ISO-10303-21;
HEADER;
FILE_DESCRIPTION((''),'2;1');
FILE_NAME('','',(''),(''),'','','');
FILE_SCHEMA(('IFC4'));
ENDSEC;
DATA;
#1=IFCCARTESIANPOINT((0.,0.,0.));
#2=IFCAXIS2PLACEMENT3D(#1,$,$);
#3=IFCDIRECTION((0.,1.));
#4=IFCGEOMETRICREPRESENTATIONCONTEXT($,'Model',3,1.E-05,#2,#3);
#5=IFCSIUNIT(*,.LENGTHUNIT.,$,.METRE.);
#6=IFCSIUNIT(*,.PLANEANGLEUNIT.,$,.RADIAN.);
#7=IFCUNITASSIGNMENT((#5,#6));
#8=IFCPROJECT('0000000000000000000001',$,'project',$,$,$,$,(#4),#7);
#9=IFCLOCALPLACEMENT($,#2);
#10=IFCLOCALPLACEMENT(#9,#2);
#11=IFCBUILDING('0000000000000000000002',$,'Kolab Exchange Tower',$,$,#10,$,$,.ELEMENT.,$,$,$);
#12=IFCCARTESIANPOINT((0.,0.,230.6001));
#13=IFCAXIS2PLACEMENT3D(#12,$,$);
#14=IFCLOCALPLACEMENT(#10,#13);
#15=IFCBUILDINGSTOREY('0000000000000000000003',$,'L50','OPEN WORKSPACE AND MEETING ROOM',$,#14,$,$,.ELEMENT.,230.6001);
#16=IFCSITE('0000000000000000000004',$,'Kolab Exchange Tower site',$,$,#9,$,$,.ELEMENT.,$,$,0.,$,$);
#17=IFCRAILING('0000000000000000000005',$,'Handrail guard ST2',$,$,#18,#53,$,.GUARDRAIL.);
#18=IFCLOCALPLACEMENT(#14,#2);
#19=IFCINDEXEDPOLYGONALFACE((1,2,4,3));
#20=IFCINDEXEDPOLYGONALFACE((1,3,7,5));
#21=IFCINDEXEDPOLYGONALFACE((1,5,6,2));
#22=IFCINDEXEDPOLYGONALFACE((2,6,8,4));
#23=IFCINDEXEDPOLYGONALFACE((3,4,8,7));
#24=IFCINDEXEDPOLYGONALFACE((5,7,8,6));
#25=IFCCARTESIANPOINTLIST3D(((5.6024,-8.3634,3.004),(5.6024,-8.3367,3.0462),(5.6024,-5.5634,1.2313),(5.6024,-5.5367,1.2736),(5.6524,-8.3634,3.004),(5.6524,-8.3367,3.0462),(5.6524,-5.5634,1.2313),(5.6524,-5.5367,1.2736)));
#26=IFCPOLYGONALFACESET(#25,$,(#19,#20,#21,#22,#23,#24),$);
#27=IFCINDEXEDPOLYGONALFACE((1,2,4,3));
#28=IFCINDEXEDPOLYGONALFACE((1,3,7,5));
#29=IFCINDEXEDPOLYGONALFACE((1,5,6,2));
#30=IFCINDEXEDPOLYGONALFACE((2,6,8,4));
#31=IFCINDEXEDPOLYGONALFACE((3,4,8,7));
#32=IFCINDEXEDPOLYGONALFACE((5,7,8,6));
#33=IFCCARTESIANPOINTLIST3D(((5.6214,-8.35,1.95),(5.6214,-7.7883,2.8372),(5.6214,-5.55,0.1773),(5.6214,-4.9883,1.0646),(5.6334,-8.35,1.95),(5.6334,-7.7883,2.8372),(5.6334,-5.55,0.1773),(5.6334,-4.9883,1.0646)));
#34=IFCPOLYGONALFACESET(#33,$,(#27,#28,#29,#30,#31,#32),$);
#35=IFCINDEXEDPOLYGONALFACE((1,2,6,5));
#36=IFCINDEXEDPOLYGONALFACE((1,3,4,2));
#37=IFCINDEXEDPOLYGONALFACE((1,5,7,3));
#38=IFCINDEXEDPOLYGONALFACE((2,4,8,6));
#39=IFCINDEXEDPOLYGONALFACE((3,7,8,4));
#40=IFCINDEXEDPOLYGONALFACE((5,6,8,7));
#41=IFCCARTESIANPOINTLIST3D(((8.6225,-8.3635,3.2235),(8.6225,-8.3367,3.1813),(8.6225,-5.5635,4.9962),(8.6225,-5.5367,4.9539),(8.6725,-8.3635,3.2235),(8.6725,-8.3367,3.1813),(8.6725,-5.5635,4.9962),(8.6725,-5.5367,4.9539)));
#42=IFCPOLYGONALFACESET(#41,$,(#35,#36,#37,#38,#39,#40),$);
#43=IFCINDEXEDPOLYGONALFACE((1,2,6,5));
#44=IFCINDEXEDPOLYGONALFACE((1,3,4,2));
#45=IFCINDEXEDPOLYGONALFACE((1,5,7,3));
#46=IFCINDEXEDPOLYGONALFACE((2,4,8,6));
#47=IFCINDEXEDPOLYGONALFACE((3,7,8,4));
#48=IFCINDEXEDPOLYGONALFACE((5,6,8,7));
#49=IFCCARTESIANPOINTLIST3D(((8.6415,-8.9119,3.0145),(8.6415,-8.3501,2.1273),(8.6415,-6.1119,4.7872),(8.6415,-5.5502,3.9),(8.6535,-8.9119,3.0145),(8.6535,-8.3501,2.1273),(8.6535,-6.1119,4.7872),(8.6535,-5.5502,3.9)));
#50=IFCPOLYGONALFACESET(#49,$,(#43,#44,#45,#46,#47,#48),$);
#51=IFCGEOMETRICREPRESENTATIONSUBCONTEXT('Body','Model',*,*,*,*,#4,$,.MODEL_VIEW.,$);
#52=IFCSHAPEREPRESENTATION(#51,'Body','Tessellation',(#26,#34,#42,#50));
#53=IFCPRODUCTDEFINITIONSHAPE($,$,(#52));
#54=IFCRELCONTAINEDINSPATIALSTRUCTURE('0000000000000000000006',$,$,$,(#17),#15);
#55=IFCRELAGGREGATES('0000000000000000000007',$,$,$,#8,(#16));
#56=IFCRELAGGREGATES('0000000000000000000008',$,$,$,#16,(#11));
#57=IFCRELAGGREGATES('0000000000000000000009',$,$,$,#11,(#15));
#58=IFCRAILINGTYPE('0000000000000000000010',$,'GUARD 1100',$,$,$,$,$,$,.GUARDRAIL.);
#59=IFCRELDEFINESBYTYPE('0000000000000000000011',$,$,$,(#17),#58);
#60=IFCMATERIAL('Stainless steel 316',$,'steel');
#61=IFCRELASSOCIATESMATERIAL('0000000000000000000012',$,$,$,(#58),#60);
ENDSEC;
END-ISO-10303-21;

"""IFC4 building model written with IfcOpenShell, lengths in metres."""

from ifc_helpers import new_model, si_unit, direction, frame, frame_2d, origin, origin_2d, place, context, subcontext, project, spatial, rectangle, extrude, material, type_object, element, save


model = new_model("IFC4")

# Units and contexts
model_context = context("Model", 3, precision=1e-05, world=origin(), true_north=direction((0.0, 1.0)))
body_context = subcontext(model_context, "Body", "Model", "MODEL_VIEW")
ifc_project = project(units=[si_unit("LENGTHUNIT", "METRE"), si_unit("PLANEANGLEUNIT", "RADIAN")], contexts=[model_context])

# Site, building, storey
site_placement = place(None, origin())
site = spatial("IfcSite", under=ifc_project, at=site_placement, Name="Kolab Exchange Tower site", CompositionType="ELEMENT", RefElevation=0.0)
building_placement = place(site_placement, origin())
building = spatial("IfcBuilding", under=site, at=building_placement, Name="Kolab Exchange Tower", CompositionType="ELEMENT")
storey_placement = place(building_placement, frame((0.0, 0.0, 230.6001)))
storey = spatial("IfcBuildingStorey", under=building, at=storey_placement, Name="L50", Description="OPEN WORKSPACE AND MEETING ROOM", CompositionType="ELEMENT", Elevation=230.6001)

# Shared definitions
ifc_material_1 = material(Name="Stainless steel 316", Category="steel")

# Railing
railing_type = type_object("IfcRailingType", Name="GUARD 1100", PredefinedType="GUARDRAIL", material=ifc_material_1)
railing_1_placement = place(storey_placement, frame((5.6274, -5.55, 0.1772)))
element("IfcRailing", 1, at=railing_1_placement, inside=storey, type_object=railing_type, Name="Handrail guard ST2", PredefinedType="GUARDRAIL", context=body_context, shape_type="SweptSolid", body=[
    extrude(rectangle(XDim=0.05, YDim=0.05, at=origin_2d()), frame((0.0, 0.0, 1.0752), z_axis=(0.0, -0.844909, 0.53491), x_axis=(1.0, 0.0, 0.0)), (0.0, 0.0, 1.0), 3.314),
    extrude(rectangle(XDim=0.012, YDim=1.0501, at=frame_2d((0.0, 0.5251))), frame((0.0, 0.0, 0.0), z_axis=(0.0, -0.844909, 0.53491), x_axis=(1.0, 0.0, 0.0)), (0.0, 0.0, 1.0), 3.314),
    extrude(rectangle(XDim=0.05, YDim=0.05, at=origin_2d()), frame((3.02, -2.8, 3.0251), z_axis=(0.0, 0.844909, 0.53491), x_axis=(-1.0, 0.0, 0.0)), (0.0, 0.0, 1.0), 3.314),
    extrude(rectangle(XDim=0.012, YDim=1.0501, at=frame_2d((0.0, 0.5251))), frame((3.02, -2.8, 1.95), z_axis=(0.0, 0.844909, 0.53491), x_axis=(-1.0, 0.0, 0.0)), (0.0, 0.0, 1.0), 3.314),
])

save(model, "model.ifc")
